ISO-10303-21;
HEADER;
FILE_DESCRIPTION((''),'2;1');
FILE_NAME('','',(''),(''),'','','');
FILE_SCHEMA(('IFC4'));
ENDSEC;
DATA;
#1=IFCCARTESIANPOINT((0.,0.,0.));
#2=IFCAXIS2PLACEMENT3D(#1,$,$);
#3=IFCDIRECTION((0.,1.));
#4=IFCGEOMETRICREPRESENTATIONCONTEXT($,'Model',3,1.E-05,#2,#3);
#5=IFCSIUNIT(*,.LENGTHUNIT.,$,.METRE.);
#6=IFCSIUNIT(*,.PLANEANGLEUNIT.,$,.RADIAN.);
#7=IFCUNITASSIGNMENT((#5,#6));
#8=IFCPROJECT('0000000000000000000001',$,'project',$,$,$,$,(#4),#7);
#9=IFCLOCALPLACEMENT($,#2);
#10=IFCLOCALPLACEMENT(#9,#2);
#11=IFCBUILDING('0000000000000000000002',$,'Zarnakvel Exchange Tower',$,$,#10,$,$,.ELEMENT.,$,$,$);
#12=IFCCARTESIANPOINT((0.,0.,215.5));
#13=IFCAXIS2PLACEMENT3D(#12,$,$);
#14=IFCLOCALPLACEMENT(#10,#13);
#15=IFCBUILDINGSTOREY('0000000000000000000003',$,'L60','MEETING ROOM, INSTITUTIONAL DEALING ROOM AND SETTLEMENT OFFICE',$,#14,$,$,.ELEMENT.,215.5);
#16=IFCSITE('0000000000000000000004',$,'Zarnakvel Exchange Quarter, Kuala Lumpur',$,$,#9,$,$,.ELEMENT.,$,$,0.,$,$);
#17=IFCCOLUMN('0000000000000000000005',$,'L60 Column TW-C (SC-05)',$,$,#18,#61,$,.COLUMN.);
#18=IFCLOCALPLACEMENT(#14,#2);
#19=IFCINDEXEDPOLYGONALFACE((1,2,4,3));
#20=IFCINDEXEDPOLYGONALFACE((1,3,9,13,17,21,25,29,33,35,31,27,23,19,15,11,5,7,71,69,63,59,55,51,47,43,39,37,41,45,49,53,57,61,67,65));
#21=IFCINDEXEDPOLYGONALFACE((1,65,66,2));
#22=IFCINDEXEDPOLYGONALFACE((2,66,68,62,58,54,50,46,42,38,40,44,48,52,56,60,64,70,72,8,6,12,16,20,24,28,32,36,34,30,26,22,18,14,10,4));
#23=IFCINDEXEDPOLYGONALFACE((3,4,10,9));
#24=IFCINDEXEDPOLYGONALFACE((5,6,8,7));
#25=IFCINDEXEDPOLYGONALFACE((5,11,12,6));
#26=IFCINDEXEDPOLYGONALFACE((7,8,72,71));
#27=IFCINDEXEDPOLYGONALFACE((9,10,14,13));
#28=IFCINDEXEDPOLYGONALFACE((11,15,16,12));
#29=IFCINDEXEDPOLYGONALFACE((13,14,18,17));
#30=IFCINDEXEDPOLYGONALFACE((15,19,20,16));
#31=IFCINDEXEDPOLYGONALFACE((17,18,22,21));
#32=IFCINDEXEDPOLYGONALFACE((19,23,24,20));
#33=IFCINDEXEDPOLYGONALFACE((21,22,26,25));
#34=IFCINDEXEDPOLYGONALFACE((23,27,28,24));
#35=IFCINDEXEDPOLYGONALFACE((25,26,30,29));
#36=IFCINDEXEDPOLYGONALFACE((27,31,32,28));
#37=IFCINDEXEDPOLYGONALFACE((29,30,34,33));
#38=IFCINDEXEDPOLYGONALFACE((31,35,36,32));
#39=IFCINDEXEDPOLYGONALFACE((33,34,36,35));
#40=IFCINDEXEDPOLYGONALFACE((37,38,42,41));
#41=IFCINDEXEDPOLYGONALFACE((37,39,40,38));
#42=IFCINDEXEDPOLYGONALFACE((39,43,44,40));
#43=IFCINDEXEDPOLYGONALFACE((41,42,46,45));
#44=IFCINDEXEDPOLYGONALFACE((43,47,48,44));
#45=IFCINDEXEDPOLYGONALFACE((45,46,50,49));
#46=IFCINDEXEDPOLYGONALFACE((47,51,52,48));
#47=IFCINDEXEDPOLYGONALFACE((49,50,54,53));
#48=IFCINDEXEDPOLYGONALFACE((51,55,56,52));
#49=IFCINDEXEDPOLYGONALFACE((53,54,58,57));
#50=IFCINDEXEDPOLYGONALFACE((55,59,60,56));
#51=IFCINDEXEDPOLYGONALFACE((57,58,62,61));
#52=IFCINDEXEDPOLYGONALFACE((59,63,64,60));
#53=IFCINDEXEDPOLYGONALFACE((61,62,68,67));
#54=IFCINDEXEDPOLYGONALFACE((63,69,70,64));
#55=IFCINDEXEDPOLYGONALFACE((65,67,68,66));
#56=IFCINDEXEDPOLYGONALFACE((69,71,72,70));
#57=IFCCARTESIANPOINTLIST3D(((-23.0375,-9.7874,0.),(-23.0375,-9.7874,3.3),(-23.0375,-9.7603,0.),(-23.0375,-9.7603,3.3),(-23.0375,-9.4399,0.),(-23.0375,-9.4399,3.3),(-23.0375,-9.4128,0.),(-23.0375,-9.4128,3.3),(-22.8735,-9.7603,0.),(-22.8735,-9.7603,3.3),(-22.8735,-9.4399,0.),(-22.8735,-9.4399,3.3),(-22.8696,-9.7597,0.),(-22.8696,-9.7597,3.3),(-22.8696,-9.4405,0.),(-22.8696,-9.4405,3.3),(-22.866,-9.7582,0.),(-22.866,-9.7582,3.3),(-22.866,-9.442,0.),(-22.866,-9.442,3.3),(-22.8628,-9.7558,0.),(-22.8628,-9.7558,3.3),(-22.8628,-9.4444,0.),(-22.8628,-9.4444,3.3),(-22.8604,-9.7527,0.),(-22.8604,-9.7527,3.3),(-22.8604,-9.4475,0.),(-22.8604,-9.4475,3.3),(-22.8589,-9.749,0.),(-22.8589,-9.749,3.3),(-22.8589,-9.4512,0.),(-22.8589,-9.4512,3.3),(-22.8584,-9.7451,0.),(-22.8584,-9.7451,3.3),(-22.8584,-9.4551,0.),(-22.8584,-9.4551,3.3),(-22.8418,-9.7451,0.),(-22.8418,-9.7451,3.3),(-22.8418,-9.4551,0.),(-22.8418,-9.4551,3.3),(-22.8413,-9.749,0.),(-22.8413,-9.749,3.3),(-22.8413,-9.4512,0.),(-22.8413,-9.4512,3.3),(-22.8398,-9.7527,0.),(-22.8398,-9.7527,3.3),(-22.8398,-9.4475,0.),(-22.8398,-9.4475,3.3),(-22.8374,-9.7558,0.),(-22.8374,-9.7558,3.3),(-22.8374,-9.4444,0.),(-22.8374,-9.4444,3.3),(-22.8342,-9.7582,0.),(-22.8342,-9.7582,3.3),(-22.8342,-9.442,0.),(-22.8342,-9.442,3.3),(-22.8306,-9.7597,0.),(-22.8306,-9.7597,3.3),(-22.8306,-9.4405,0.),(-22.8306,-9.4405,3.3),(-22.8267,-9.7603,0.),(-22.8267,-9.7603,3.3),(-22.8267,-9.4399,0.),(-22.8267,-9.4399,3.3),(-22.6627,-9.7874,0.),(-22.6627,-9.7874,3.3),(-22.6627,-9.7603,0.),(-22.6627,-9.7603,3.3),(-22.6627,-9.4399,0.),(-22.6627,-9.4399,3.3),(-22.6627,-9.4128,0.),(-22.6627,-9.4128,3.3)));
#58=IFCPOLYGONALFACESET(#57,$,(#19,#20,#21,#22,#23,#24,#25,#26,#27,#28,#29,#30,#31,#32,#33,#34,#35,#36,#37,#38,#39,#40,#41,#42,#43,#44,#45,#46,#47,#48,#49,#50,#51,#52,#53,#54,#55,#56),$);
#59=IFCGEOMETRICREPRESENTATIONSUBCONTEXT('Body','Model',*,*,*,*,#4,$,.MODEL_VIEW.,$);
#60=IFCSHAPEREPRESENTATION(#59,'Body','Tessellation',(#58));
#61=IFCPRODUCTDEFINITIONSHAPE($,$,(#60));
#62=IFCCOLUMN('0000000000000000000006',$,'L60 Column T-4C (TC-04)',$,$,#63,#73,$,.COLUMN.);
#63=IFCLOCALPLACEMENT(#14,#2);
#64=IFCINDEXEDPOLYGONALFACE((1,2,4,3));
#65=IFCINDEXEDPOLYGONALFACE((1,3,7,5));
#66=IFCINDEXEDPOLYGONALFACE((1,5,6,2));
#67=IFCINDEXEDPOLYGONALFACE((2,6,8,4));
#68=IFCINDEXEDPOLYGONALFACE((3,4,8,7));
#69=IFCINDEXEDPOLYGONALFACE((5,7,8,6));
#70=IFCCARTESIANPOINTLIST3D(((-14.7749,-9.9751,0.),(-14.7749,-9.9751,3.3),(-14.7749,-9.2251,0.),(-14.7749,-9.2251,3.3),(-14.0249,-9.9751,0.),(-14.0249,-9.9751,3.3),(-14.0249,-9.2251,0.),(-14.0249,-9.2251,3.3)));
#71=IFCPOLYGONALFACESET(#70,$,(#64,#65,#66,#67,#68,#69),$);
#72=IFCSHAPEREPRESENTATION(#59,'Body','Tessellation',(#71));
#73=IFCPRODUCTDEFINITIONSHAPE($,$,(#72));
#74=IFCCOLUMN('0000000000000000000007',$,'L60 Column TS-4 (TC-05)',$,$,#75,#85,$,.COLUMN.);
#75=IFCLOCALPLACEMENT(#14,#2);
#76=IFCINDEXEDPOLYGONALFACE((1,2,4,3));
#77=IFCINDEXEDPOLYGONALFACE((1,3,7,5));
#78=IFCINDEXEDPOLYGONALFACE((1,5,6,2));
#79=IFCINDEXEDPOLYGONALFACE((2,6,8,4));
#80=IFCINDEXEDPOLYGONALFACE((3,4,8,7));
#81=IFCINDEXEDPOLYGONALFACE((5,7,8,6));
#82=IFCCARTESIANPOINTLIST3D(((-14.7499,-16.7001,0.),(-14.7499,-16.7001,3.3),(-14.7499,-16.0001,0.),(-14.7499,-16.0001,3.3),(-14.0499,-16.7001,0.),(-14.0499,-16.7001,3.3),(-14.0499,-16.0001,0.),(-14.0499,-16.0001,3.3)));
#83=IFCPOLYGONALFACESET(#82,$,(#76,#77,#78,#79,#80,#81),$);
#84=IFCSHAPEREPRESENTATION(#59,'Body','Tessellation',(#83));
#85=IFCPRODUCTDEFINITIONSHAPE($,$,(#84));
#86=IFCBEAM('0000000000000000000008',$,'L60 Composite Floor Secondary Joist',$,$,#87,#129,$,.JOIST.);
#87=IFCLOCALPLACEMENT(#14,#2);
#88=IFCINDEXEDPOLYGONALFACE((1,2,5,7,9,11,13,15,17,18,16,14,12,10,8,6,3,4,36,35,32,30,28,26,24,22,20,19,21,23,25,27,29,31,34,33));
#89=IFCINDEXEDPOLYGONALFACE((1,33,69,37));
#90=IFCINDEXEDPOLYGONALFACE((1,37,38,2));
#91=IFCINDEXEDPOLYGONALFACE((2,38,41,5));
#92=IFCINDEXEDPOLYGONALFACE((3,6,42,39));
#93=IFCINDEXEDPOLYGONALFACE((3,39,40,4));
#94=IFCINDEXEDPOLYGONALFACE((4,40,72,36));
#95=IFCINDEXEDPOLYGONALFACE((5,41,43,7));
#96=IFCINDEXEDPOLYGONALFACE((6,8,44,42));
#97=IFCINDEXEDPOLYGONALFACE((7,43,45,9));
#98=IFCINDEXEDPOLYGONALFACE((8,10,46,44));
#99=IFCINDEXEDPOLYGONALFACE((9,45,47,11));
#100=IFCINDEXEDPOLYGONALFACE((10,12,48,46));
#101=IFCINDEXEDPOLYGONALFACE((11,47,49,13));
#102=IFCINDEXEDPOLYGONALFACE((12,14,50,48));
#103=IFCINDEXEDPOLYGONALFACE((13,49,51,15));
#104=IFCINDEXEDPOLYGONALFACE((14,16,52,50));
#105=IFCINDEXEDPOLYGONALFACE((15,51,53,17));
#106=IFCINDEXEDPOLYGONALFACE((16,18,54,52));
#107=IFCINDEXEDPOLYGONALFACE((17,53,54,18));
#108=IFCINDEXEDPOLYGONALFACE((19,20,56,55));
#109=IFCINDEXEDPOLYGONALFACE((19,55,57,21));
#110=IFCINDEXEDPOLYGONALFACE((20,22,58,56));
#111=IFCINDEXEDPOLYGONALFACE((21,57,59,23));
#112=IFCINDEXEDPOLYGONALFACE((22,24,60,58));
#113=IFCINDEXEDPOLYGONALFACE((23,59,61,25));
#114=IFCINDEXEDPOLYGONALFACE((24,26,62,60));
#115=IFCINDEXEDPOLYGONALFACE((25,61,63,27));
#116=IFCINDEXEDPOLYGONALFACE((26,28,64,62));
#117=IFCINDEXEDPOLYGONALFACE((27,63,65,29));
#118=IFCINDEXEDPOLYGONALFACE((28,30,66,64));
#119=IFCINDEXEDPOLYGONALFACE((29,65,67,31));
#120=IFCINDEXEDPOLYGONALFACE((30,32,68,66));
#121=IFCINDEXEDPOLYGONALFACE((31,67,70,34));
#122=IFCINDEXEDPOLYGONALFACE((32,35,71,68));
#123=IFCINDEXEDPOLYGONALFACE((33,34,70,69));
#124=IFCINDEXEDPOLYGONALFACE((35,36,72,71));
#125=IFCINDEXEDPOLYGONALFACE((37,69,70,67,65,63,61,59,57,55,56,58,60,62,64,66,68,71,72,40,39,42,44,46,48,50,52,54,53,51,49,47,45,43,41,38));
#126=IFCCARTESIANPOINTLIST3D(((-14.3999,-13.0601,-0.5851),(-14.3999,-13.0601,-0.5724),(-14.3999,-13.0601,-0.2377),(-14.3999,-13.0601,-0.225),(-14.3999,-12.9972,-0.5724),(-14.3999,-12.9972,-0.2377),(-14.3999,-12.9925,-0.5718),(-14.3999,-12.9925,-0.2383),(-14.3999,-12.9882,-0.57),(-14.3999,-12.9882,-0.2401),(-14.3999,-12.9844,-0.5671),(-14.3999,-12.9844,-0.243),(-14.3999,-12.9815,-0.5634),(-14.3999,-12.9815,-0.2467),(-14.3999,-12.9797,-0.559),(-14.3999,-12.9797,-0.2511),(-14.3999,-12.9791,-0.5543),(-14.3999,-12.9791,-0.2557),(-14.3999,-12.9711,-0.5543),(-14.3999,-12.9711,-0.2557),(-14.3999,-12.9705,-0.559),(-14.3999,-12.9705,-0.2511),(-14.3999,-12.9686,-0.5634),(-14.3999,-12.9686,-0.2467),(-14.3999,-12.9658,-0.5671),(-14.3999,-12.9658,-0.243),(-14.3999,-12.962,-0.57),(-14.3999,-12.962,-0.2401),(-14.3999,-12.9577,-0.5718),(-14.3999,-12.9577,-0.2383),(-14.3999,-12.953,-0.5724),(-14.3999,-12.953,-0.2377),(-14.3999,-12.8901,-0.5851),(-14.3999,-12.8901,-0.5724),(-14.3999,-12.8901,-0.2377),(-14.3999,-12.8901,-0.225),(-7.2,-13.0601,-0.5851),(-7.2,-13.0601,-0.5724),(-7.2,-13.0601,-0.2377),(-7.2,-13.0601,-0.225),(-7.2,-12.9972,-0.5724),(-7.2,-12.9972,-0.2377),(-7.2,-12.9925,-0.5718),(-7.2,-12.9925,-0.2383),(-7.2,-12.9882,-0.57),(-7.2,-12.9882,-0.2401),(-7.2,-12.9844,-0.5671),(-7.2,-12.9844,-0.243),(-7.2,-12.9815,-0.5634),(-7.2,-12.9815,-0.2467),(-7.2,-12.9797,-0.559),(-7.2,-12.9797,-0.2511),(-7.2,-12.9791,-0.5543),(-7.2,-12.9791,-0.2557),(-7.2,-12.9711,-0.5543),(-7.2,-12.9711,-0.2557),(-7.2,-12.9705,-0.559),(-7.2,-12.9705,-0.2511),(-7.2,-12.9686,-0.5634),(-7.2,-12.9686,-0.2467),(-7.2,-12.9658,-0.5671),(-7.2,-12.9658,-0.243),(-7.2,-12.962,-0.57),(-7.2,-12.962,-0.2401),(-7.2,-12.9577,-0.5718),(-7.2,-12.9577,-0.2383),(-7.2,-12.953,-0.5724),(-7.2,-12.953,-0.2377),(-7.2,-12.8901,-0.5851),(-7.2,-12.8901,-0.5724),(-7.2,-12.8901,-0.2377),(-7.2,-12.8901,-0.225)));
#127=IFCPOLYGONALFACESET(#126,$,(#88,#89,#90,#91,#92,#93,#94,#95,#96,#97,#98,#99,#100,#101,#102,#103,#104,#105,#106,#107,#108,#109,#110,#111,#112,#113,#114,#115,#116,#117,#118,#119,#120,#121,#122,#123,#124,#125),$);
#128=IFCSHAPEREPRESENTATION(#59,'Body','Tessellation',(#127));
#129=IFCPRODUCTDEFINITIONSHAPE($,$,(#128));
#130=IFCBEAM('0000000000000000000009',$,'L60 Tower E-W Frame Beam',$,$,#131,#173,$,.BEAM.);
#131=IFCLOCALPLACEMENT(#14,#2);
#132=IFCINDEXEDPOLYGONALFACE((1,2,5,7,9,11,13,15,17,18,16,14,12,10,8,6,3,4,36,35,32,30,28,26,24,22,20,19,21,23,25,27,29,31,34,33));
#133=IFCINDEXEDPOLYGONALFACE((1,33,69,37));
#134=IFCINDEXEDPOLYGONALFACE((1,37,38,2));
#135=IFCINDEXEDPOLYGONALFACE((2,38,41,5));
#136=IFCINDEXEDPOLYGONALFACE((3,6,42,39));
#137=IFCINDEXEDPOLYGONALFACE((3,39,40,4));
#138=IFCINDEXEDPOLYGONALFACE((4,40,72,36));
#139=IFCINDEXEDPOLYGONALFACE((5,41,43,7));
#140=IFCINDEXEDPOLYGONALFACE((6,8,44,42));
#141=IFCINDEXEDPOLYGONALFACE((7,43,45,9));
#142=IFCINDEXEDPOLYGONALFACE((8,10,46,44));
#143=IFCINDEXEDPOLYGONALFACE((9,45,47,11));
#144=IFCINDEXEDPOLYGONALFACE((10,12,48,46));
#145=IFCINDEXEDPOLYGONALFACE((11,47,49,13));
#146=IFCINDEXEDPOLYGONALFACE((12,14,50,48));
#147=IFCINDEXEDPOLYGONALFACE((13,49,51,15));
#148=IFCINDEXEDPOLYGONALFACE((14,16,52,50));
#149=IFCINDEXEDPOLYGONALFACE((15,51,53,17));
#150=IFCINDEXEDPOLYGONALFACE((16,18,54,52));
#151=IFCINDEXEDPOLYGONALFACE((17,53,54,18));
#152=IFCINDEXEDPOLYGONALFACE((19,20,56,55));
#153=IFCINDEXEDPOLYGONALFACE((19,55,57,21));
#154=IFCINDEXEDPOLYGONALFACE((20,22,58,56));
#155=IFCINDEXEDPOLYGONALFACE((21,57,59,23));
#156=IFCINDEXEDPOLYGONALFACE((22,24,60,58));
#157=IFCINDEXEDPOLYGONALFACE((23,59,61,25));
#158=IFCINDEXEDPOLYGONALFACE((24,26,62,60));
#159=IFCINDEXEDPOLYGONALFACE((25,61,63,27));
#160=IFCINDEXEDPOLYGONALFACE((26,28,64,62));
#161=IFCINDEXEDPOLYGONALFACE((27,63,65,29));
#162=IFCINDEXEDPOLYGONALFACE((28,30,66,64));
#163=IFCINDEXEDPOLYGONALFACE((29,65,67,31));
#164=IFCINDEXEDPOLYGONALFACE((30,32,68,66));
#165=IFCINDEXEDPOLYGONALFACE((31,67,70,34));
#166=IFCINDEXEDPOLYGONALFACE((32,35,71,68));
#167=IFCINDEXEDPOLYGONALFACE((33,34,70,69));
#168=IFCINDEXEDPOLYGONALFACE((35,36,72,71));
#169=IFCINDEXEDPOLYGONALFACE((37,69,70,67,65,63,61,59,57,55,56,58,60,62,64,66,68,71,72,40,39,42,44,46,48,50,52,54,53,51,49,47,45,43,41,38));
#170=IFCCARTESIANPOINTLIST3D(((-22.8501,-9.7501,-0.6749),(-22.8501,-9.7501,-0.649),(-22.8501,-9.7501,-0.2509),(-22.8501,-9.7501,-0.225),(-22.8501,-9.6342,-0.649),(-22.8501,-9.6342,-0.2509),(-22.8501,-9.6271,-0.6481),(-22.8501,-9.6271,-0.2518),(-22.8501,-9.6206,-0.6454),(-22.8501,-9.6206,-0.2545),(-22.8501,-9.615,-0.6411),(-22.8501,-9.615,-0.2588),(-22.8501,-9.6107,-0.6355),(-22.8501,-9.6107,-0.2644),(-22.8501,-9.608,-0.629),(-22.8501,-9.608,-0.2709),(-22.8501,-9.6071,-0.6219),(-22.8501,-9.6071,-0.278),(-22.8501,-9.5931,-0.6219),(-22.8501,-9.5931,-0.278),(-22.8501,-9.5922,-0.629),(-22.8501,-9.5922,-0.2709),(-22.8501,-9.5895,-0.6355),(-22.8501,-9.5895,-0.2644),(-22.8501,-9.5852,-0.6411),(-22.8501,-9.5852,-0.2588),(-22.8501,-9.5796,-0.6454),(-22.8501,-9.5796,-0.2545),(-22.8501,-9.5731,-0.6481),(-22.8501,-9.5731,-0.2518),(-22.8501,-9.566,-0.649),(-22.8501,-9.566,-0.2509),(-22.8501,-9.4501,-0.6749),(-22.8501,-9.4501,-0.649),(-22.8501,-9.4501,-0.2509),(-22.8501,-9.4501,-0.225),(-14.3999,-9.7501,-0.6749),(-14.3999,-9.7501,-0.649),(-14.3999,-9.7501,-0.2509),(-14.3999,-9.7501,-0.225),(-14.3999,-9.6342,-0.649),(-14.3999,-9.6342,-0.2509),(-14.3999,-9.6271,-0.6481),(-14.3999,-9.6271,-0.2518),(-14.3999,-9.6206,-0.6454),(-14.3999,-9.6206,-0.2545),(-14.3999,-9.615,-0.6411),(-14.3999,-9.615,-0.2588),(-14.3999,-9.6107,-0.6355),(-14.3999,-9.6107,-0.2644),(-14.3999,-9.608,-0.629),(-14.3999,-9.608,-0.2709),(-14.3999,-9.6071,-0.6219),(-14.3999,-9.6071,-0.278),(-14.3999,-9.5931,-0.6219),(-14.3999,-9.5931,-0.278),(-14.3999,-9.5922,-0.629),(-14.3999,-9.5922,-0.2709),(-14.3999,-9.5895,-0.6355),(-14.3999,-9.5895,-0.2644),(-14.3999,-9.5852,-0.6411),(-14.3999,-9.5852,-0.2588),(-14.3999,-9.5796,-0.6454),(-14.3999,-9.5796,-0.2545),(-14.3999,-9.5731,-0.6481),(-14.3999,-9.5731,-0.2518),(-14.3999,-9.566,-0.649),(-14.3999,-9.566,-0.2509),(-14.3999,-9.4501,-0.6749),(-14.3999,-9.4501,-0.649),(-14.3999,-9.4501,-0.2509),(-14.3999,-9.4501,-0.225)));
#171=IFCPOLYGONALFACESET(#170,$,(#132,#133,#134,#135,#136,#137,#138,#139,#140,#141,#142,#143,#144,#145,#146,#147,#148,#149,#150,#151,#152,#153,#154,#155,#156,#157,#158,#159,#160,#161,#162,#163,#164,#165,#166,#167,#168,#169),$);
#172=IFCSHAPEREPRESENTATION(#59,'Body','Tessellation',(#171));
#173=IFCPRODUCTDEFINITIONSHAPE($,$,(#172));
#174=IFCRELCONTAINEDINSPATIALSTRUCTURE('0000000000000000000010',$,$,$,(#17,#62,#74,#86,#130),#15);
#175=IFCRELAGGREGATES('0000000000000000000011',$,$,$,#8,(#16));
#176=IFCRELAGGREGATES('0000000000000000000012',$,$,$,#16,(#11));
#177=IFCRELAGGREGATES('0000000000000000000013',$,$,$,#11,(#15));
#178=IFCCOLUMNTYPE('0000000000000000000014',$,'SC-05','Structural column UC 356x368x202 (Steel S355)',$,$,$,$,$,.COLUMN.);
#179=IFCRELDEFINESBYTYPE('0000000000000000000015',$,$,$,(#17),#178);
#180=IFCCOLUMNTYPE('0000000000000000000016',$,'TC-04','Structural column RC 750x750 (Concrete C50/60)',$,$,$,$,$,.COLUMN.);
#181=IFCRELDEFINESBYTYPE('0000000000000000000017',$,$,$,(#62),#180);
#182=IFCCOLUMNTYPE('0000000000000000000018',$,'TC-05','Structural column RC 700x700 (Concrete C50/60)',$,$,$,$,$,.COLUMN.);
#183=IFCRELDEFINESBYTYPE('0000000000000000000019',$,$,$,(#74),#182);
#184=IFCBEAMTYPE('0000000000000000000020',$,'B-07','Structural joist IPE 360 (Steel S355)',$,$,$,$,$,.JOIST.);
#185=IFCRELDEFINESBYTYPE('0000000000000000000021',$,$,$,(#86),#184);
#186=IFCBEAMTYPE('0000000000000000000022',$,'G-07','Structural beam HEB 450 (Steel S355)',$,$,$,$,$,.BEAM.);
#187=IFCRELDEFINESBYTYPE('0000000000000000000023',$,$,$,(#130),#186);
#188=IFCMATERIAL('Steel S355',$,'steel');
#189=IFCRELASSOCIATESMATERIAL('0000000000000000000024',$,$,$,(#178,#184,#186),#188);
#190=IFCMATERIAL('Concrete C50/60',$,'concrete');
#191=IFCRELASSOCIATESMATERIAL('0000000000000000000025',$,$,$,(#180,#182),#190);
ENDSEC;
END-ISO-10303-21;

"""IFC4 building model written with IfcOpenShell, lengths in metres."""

from ifc_helpers import new_model, si_unit, direction, frame, origin, origin_2d, place, context, subcontext, project, spatial, rectangle, i_section, extrude, material, material_profile, profile_set, type_object, element, save


model = new_model("IFC4")

# Units and contexts
model_context = context("Model", 3, precision=1e-05, world=origin(), true_north=direction((0.0, 1.0)))
body_context = subcontext(model_context, "Body", "Model", "MODEL_VIEW")
ifc_project = project(units=[si_unit("LENGTHUNIT", "METRE"), si_unit("PLANEANGLEUNIT", "RADIAN")], contexts=[model_context])

# Site, building, storey
site_placement = place(None, origin())
site = spatial("IfcSite", under=ifc_project, at=site_placement, Name="Zarnakvel Exchange Quarter, Kuala Lumpur", CompositionType="ELEMENT", RefElevation=0.0)
building_placement = place(site_placement, origin())
building = spatial("IfcBuilding", under=site, at=building_placement, Name="Zarnakvel Exchange Tower", CompositionType="ELEMENT")
storey_placement = place(building_placement, frame((0.0, 0.0, 215.5)))
storey = spatial("IfcBuildingStorey", under=building, at=storey_placement, Name="L60", Description="MEETING ROOM, INSTITUTIONAL DEALING ROOM AND SETTLEMENT OFFICE", CompositionType="ELEMENT", Elevation=215.5)

# Columns
ifc_material_1 = material(Name="Steel S355", Category="steel")
ifc_material_profile_1 = material_profile(ifc_material_1, i_section(OverallWidth=0.3748, OverallDepth=0.3745, WebThickness=0.0166, FlangeThickness=0.0271, FilletRadius=0.0151, at=origin_2d()))
ifc_profile_set_1 = profile_set([ifc_material_profile_1], Name="Steel S355")
column_type_1 = type_object("IfcColumnType", Name="SC-05", Description="Structural column UC 356x368x202 (Steel S355)", PredefinedType="COLUMN", material=ifc_profile_set_1)
column_1_placement = place(storey_placement, frame((-22.8501, -9.6001, 0.0), z_axis=(0.0, 0.0, 1.0), x_axis=(1.0, 0.0, 0.0)))
element("IfcColumn", 1, at=column_1_placement, inside=storey, type_object=column_type_1, Name="L60 Column TW-C (SC-05)", PredefinedType="COLUMN", context=body_context, shape_type="SweptSolid", body=[
    extrude(i_section(OverallWidth=0.3748, OverallDepth=0.3745, WebThickness=0.0166, FlangeThickness=0.0271, FilletRadius=0.0151, at=origin_2d()), origin(), (0.0, 0.0, 1.0), 3.3),
])
ifc_material_2 = material(Name="Concrete C50/60", Category="concrete")
ifc_material_profile_2 = material_profile(ifc_material_2, rectangle(XDim=0.75, YDim=0.75, at=origin_2d()))
ifc_profile_set_2 = profile_set([ifc_material_profile_2], Name="Concrete C50/60")
column_type_2 = type_object("IfcColumnType", Name="TC-04", Description="Structural column RC 750x750 (Concrete C50/60)", PredefinedType="COLUMN", material=ifc_profile_set_2)
column_2_placement = place(storey_placement, frame((-14.3999, -9.6001, 0.0), z_axis=(0.0, 0.0, 1.0), x_axis=(1.0, 0.0, 0.0)))
element("IfcColumn", 2, at=column_2_placement, inside=storey, type_object=column_type_2, Name="L60 Column T-4C (TC-04)", PredefinedType="COLUMN", context=body_context, shape_type="SweptSolid", body=[
    extrude(rectangle(XDim=0.75, YDim=0.75, at=origin_2d()), origin(), (0.0, 0.0, 1.0), 3.3),
])
ifc_material_profile_3 = material_profile(ifc_material_2, rectangle(XDim=0.7, YDim=0.7, at=origin_2d()))
ifc_profile_set_3 = profile_set([ifc_material_profile_3], Name="Concrete C50/60")
column_type_3 = type_object("IfcColumnType", Name="TC-05", Description="Structural column RC 700x700 (Concrete C50/60)", PredefinedType="COLUMN", material=ifc_profile_set_3)
column_3_placement = place(storey_placement, frame((-14.3999, -16.3501, 0.0), z_axis=(0.0, 0.0, 1.0), x_axis=(1.0, 0.0, 0.0)))
element("IfcColumn", 3, at=column_3_placement, inside=storey, type_object=column_type_3, Name="L60 Column TS-4 (TC-05)", PredefinedType="COLUMN", context=body_context, shape_type="SweptSolid", body=[
    extrude(rectangle(XDim=0.7, YDim=0.7, at=origin_2d()), origin(), (0.0, 0.0, 1.0), 3.3),
])

# Beams
ifc_material_profile_4 = material_profile(ifc_material_1, i_section(OverallWidth=0.1699, OverallDepth=0.3601, WebThickness=0.0081, FlangeThickness=0.0127, FilletRadius=0.0181, at=origin_2d()))
ifc_profile_set_4 = profile_set([ifc_material_profile_4], Name="Steel S355")
beam_type_1 = type_object("IfcBeamType", Name="B-07", Description="Structural joist IPE 360 (Steel S355)", PredefinedType="JOIST", material=ifc_profile_set_4)
beam_1_placement = place(storey_placement, frame((-14.3999, -12.9751, -0.405), z_axis=(1.0, 0.0, 0.0), x_axis=(0.0, 1.0, 0.0)))
element("IfcBeam", 4, at=beam_1_placement, inside=storey, type_object=beam_type_1, Name="L60 Composite Floor Secondary Joist", PredefinedType="JOIST", context=body_context, shape_type="SweptSolid", body=[
    extrude(i_section(OverallWidth=0.1699, OverallDepth=0.3601, WebThickness=0.0081, FlangeThickness=0.0127, FilletRadius=0.0181, at=origin_2d()), origin(), (0.0, 0.0, 1.0), 7.2),
])
ifc_material_profile_5 = material_profile(ifc_material_1, i_section(OverallWidth=0.3, OverallDepth=0.45, WebThickness=0.0139, FlangeThickness=0.0259, FilletRadius=0.0271, at=origin_2d()))
ifc_profile_set_5 = profile_set([ifc_material_profile_5], Name="Steel S355")
beam_type_2 = type_object("IfcBeamType", Name="G-07", Description="Structural beam HEB 450 (Steel S355)", PredefinedType="BEAM", material=ifc_profile_set_5)
beam_2_placement = place(storey_placement, frame((-22.8501, -9.6001, -0.45), z_axis=(1.0, 0.0, 0.0), x_axis=(0.0, 1.0, 0.0)))
element("IfcBeam", 5, at=beam_2_placement, inside=storey, type_object=beam_type_2, Name="L60 Tower E-W Frame Beam", PredefinedType="BEAM", context=body_context, shape_type="SweptSolid", body=[
    extrude(i_section(OverallWidth=0.3, OverallDepth=0.45, WebThickness=0.0139, FlangeThickness=0.0259, FilletRadius=0.0271, at=origin_2d()), origin(), (0.0, 0.0, 1.0), 8.4502),
])

save(model, "model.ifc")
